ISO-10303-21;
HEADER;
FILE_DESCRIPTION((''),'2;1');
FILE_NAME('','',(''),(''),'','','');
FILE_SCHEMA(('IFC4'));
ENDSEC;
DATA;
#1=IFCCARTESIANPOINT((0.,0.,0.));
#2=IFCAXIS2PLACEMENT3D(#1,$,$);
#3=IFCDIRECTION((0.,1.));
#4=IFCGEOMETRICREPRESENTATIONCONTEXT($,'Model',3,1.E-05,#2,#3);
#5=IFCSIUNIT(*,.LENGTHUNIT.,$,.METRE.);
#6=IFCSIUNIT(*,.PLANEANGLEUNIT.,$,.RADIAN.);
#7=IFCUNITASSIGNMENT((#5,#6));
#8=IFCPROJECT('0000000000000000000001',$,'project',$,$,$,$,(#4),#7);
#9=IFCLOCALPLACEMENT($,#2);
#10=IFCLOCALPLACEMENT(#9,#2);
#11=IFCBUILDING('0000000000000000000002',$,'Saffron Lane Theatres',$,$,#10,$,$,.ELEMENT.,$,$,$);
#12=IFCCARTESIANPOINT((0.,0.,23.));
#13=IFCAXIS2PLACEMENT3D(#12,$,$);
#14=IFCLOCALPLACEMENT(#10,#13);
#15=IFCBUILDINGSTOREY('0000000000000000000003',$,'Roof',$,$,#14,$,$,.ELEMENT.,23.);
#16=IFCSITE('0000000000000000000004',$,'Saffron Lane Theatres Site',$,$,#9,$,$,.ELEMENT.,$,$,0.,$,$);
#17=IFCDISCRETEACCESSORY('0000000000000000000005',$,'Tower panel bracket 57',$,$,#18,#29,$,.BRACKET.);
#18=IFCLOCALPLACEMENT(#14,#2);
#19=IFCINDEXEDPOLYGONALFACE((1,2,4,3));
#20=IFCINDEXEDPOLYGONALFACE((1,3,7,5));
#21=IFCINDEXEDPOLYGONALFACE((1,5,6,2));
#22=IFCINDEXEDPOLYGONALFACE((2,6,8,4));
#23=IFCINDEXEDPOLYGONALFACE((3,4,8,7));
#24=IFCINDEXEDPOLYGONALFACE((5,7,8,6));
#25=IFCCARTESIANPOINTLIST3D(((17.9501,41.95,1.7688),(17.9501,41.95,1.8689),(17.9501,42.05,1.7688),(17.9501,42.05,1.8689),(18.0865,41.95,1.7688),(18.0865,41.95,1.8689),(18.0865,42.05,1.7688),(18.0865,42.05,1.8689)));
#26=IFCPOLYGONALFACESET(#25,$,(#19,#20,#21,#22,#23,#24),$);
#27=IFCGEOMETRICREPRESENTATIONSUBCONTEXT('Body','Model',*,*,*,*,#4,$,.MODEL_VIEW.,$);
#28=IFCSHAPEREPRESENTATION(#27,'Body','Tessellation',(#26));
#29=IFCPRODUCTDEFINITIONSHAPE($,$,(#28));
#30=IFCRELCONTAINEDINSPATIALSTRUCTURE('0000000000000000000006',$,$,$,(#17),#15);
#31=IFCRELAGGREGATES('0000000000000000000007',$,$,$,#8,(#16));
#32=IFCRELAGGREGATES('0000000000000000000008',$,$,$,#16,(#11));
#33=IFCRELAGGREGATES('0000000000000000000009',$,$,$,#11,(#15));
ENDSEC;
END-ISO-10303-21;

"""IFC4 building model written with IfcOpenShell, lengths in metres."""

from ifc_helpers import new_model, si_unit, direction, frame, origin, origin_2d, place, context, subcontext, project, spatial, rectangle, extrude, element, save


model = new_model("IFC4")

# Units and contexts
model_context = context("Model", 3, precision=1e-05, world=origin(), true_north=direction((0.0, 1.0)))
body_context = subcontext(model_context, "Body", "Model", "MODEL_VIEW")
ifc_project = project(units=[si_unit("LENGTHUNIT", "METRE"), si_unit("PLANEANGLEUNIT", "RADIAN")], contexts=[model_context])

# Site, building, storey
site_placement = place(None, origin())
site = spatial("IfcSite", under=ifc_project, at=site_placement, Name="Saffron Lane Theatres Site", CompositionType="ELEMENT", RefElevation=0.0)
building_placement = place(site_placement, origin())
building = spatial("IfcBuilding", under=site, at=building_placement, Name="Saffron Lane Theatres", CompositionType="ELEMENT")
storey_placement = place(building_placement, frame((0.0, 0.0, 23.0)))
storey = spatial("IfcBuildingStorey", under=building, at=storey_placement, Name="Roof", CompositionType="ELEMENT", Elevation=23.0)

# Discrete accessory
discrete_accessory_placement = place(storey_placement, frame((18.0183, 42.0, 1.7688), z_axis=(0.0, 0.0, 1.0), x_axis=(0.0, 1.0, 0.0)))
element("IfcDiscreteAccessory", 1, at=discrete_accessory_placement, inside=storey, Name="Tower panel bracket 57", PredefinedType="BRACKET", context=body_context, shape_type="SweptSolid", body=[
    extrude(rectangle(XDim=0.1001, YDim=0.1365, at=origin_2d()), origin(), (0.0, 0.0, 1.0), 0.1001),
])

save(model, "model.ifc")
